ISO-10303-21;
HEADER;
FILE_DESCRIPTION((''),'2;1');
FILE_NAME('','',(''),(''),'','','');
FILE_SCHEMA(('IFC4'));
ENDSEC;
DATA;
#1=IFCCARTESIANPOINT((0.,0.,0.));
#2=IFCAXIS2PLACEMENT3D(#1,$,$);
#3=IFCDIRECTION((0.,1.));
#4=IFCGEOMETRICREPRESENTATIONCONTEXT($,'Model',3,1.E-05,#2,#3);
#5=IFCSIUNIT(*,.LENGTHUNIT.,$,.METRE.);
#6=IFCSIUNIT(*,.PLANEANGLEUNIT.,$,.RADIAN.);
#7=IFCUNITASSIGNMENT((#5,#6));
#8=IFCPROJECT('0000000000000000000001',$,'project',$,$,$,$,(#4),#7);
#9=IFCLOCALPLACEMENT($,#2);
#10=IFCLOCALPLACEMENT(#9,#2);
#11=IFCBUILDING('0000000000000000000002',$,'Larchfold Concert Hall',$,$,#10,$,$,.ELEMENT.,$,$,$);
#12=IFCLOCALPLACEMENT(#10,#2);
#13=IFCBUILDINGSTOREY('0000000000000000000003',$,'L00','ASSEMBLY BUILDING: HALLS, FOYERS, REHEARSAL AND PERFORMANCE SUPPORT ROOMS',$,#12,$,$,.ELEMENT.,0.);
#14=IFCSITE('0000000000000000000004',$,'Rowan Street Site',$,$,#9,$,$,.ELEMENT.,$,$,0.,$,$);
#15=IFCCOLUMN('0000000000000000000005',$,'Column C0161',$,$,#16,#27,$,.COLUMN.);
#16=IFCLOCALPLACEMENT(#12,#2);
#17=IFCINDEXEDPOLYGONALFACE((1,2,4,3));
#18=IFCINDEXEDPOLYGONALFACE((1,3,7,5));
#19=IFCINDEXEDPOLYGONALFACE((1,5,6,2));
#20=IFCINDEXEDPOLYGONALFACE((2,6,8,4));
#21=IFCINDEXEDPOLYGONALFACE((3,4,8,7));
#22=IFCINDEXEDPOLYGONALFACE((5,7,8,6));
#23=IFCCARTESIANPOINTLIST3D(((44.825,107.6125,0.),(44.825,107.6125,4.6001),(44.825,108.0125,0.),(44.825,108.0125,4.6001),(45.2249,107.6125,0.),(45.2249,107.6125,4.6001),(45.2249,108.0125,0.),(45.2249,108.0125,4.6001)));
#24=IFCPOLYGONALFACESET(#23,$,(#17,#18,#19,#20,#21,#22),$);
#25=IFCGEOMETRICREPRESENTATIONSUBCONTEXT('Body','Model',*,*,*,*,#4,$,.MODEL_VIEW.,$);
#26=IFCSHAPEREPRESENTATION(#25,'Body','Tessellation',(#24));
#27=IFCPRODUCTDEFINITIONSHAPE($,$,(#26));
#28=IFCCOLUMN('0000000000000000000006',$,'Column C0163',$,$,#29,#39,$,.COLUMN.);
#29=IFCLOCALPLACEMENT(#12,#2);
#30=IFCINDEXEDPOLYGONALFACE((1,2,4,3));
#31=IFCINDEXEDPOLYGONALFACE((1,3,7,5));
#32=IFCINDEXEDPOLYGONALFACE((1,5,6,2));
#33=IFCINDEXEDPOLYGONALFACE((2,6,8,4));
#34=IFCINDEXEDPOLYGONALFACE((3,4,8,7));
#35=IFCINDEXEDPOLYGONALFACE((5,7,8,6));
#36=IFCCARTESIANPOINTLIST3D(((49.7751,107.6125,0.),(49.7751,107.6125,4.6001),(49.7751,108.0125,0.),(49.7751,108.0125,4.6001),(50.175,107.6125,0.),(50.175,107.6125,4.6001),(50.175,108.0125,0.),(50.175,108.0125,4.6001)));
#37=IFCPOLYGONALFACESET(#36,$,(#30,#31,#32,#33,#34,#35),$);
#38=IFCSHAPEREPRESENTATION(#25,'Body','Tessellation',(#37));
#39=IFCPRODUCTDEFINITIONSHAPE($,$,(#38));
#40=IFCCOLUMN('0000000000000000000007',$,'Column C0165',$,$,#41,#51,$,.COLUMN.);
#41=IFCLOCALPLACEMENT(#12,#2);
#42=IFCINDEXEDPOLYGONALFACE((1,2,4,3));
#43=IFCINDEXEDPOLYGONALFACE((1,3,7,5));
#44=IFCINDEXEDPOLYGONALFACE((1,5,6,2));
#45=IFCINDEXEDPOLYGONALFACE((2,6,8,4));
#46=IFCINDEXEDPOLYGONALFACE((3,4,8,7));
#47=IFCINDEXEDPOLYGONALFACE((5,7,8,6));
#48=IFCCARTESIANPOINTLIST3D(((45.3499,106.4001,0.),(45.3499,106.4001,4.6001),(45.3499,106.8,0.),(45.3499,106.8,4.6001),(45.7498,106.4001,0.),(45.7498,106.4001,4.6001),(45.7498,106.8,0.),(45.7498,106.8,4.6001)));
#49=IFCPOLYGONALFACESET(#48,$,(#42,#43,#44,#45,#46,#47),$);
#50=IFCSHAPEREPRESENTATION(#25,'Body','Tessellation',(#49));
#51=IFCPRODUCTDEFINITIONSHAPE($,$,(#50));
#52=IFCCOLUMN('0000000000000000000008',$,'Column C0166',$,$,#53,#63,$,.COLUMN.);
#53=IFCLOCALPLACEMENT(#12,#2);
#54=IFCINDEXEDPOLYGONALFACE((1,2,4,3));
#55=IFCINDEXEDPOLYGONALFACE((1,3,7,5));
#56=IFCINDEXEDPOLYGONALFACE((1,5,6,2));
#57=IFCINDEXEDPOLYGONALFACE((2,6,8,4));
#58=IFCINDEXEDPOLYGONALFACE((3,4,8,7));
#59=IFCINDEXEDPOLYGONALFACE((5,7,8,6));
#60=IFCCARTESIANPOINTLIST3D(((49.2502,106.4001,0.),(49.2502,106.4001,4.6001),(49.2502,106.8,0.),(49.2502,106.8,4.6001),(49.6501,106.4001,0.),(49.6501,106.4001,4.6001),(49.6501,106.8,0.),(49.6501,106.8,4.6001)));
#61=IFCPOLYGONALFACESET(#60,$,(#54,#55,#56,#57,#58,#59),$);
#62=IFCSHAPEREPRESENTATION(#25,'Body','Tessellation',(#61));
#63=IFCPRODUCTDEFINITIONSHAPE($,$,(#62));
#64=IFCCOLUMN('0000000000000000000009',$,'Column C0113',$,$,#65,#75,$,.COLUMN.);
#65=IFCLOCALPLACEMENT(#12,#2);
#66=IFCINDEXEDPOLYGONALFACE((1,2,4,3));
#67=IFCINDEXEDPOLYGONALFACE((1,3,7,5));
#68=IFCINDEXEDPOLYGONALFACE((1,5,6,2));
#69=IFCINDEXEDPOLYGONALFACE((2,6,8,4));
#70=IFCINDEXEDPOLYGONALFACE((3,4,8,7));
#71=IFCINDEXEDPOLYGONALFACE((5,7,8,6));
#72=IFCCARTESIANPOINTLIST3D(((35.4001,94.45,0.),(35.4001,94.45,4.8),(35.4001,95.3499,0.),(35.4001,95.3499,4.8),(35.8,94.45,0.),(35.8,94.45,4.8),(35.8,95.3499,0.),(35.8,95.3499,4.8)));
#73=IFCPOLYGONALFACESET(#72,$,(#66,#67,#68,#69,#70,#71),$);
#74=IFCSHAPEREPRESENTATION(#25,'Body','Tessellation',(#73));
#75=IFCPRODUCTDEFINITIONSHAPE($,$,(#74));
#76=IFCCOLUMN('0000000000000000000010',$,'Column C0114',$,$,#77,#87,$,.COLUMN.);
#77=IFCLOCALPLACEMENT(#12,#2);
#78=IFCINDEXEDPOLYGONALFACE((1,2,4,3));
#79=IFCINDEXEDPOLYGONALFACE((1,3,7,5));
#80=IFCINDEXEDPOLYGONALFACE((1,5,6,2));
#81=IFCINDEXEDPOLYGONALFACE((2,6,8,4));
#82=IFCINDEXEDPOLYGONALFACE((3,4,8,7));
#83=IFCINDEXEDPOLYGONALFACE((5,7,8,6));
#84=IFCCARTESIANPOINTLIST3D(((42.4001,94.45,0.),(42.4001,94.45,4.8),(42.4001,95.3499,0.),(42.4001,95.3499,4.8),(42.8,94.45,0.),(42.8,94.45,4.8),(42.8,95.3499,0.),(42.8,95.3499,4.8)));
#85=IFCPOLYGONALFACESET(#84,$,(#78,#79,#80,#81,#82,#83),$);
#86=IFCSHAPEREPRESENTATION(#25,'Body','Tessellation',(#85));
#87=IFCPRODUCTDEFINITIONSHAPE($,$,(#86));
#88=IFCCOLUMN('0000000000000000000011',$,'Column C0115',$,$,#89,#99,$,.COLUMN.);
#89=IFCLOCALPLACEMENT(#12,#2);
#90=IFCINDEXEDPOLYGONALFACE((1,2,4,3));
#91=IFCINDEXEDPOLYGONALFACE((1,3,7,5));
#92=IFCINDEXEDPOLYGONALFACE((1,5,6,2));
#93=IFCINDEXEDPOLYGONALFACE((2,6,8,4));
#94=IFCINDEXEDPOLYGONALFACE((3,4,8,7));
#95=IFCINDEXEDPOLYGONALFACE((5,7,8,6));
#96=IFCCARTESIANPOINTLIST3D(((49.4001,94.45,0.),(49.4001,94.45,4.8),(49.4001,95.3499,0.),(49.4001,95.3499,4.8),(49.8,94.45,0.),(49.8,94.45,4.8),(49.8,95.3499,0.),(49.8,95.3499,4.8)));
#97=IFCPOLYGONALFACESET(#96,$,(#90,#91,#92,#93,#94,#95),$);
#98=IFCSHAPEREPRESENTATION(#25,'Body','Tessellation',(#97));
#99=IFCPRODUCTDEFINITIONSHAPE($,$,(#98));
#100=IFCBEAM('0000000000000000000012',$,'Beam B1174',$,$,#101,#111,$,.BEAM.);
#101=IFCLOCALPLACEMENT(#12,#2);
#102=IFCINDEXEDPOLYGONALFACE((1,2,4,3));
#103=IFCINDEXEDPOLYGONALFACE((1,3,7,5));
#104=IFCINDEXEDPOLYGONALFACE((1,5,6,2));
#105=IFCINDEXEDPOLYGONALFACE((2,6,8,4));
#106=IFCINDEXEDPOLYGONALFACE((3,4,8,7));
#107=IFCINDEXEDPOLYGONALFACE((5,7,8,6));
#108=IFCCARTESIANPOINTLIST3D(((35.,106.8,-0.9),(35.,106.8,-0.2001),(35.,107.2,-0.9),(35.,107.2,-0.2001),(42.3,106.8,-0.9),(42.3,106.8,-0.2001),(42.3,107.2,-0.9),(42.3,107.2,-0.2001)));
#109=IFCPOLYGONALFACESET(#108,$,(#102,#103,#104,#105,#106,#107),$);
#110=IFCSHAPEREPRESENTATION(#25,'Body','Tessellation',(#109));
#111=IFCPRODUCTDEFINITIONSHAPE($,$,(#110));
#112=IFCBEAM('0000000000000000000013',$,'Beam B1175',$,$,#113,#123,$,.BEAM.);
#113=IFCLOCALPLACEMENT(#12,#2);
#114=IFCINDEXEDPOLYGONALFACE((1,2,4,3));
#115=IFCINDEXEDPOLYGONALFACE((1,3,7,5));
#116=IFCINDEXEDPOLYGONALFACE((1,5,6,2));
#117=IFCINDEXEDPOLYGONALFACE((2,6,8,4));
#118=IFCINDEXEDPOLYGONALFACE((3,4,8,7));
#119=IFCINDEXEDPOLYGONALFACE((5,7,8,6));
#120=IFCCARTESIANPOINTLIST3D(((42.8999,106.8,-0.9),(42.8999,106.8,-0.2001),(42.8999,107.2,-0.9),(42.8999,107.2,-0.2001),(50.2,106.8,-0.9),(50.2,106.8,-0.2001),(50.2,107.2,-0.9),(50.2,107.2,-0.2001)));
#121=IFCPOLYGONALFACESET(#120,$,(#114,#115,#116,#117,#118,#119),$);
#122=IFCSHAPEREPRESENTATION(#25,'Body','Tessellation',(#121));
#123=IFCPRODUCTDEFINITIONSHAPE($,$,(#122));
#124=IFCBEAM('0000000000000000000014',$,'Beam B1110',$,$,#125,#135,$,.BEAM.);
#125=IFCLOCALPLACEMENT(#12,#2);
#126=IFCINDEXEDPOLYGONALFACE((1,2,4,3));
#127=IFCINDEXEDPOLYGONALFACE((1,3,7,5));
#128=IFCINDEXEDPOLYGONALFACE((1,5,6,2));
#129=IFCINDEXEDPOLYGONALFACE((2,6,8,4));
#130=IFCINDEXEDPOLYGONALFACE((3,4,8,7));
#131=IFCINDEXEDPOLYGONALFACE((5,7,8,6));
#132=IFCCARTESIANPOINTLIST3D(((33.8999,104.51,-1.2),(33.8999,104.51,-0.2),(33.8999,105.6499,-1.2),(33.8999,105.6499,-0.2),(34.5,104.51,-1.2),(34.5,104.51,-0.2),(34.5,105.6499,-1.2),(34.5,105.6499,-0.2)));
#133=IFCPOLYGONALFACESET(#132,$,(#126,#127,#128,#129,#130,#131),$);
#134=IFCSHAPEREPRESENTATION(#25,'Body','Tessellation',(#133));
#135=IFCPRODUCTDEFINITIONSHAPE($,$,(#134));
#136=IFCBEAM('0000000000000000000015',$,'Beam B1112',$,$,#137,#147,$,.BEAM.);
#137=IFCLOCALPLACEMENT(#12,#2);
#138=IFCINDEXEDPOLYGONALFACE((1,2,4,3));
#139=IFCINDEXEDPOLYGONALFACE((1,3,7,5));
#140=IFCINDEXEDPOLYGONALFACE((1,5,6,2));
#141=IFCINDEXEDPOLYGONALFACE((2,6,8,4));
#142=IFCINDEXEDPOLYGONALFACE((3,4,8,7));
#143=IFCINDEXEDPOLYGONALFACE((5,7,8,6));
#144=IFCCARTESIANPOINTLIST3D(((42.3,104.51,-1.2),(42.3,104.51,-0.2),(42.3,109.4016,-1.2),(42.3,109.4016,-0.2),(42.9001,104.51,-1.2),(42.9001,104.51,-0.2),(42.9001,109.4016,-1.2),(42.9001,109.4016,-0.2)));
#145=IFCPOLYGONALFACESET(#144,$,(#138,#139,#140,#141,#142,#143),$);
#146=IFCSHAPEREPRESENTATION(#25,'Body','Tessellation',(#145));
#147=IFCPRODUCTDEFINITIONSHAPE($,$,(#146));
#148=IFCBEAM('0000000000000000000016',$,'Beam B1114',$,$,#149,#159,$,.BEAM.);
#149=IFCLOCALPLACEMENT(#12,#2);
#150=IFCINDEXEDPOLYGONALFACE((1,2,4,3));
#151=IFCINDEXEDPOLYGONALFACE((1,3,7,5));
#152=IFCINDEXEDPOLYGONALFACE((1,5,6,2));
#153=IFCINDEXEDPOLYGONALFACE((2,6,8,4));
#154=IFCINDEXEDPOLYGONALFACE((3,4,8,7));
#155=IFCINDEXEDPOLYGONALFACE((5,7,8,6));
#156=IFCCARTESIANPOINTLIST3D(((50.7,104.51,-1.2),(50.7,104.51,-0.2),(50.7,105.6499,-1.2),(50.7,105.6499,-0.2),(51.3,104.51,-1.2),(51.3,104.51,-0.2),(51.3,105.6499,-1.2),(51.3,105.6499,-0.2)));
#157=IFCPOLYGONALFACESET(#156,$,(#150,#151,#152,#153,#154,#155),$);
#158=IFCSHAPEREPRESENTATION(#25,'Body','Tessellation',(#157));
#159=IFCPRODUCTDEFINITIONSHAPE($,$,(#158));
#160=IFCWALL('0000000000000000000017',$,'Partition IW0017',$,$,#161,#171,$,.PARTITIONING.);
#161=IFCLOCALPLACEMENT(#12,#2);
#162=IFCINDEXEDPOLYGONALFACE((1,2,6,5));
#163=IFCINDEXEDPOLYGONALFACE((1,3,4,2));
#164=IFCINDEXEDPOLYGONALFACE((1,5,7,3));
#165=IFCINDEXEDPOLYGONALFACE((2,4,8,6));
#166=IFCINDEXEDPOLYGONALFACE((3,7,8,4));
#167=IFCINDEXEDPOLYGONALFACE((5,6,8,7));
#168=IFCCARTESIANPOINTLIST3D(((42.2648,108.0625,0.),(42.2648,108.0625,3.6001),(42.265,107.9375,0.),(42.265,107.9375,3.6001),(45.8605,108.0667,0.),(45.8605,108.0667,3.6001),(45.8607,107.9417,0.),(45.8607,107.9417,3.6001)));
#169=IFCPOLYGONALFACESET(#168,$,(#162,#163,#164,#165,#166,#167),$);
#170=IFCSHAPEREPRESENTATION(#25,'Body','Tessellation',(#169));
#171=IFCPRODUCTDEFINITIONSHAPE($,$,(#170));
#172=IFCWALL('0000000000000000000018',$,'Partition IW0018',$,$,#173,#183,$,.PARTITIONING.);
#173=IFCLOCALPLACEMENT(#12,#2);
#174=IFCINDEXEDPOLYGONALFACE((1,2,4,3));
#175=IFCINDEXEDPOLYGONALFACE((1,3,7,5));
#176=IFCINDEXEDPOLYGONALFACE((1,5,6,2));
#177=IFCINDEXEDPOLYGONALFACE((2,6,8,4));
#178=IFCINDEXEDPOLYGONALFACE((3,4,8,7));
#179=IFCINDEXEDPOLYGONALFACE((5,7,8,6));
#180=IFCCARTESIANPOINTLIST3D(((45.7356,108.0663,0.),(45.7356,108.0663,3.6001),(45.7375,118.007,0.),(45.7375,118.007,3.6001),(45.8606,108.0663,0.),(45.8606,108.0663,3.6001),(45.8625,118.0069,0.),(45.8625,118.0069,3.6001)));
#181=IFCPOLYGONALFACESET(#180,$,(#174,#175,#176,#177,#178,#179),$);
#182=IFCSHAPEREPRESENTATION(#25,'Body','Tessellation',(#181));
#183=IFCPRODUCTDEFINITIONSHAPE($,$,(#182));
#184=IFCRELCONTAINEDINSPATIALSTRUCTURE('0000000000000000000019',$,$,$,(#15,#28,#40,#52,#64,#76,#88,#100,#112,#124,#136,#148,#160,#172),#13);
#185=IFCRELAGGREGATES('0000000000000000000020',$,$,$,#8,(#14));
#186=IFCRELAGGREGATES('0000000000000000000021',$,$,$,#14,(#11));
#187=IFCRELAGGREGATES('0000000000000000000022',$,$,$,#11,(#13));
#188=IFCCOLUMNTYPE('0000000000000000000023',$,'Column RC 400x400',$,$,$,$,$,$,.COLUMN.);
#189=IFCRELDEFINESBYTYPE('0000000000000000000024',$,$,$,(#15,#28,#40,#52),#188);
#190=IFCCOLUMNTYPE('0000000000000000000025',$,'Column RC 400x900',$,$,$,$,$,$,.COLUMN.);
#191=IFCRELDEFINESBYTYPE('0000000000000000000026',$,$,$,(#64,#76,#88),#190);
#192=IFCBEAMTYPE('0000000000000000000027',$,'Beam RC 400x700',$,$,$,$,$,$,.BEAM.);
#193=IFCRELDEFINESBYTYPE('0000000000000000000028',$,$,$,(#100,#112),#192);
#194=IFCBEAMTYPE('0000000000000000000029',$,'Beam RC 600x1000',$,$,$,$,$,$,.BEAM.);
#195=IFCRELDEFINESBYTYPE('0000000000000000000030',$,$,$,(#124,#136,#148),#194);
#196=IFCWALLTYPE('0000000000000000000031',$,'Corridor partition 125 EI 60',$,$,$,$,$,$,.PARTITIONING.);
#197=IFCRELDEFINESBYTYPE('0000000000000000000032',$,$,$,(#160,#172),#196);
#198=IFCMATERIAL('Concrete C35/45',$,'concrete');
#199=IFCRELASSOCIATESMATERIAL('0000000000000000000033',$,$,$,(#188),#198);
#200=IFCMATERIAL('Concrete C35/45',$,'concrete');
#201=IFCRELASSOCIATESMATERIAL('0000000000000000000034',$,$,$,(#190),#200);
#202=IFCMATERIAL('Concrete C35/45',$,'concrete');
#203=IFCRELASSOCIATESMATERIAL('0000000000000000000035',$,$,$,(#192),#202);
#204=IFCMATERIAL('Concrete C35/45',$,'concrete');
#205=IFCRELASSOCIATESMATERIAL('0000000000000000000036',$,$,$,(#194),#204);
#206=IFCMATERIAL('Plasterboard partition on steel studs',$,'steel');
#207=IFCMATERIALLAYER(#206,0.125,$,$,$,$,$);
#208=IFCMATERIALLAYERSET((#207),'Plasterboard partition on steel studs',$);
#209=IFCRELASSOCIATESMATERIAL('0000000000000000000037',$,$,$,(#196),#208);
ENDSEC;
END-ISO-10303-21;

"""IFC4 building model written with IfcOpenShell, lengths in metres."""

from ifc_helpers import new_model, si_unit, direction, frame, frame_2d, origin, origin_2d, place, context, subcontext, project, spatial, rectangle, extrude, material, layer, layer_set, material_profile, profile_set, type_object, element, save


model = new_model("IFC4")

# Units and contexts
model_context = context("Model", 3, precision=1e-05, world=origin(), true_north=direction((0.0, 1.0)))
body_context = subcontext(model_context, "Body", "Model", "MODEL_VIEW")
ifc_project = project(units=[si_unit("LENGTHUNIT", "METRE"), si_unit("PLANEANGLEUNIT", "RADIAN")], contexts=[model_context])

# Site, building, storey
site_placement = place(None, origin())
site = spatial("IfcSite", under=ifc_project, at=site_placement, Name="Rowan Street Site", CompositionType="ELEMENT", RefElevation=0.0)
building_placement = place(site_placement, origin())
building = spatial("IfcBuilding", under=site, at=building_placement, Name="Larchfold Concert Hall", CompositionType="ELEMENT")
storey_placement = place(building_placement, origin())
storey = spatial("IfcBuildingStorey", under=building, at=storey_placement, Name="L00", Description="ASSEMBLY BUILDING: HALLS, FOYERS, REHEARSAL AND PERFORMANCE SUPPORT ROOMS", CompositionType="ELEMENT", Elevation=0.0)

# Columns
ifc_material_1 = material(Name="Concrete C35/45", Category="concrete")
ifc_material_profile_1 = material_profile(ifc_material_1, rectangle(XDim=0.3999, YDim=0.3999, at=origin_2d()))
ifc_profile_set_1 = profile_set([ifc_material_profile_1], Name="Concrete C35/45")
column_type_1 = type_object("IfcColumnType", Name="Column RC 400x400", PredefinedType="COLUMN", material=ifc_profile_set_1)
for number, where, z_axis, x_axis, name in (
    (1, (45.0249, 107.8125, 0.0), (0.0, 0.0, 1.0), (1.0, 0.0, 0.0), "Column C0161"),
    (2, (49.9751, 107.8125, 0.0), (0.0, 0.0, 1.0), (1.0, 0.0, 0.0), "Column C0163"),
    (3, (45.5498, 106.6001, 0.0), (0.0, 0.0, 1.0), (1.0, 0.0, 0.0), "Column C0165"),
    (4, (49.4502, 106.6001, 0.0), (0.0, 0.0, 1.0), (1.0, 0.0, 0.0), "Column C0166"),
):
    element("IfcColumn", number, at=place(storey_placement, frame(where, z_axis=z_axis, x_axis=x_axis)), inside=storey, type_object=column_type_1, Name=name, PredefinedType="COLUMN", context=body_context, shape_type="SweptSolid", body=[
        extrude(rectangle(XDim=0.3999, YDim=0.3999, at=origin_2d()), origin(), (0.0, 0.0, 1.0), 4.6001),
    ])
ifc_material_2 = material(Name="Concrete C35/45", Category="concrete")
ifc_material_profile_2 = material_profile(ifc_material_2, rectangle(XDim=0.3999, YDim=0.8999, at=origin_2d()))
ifc_profile_set_2 = profile_set([ifc_material_profile_2], Name="Concrete C35/45")
column_type_2 = type_object("IfcColumnType", Name="Column RC 400x900", PredefinedType="COLUMN", material=ifc_profile_set_2)
for number, where, z_axis, x_axis, name in (
    (5, (35.6001, 94.8999, 0.0), (0.0, 0.0, 1.0), (1.0, 0.0, 0.0), "Column C0113"),
    (6, (42.6001, 94.8999, 0.0), (0.0, 0.0, 1.0), (1.0, 0.0, 0.0), "Column C0114"),
    (7, (49.6001, 94.8999, 0.0), (0.0, 0.0, 1.0), (1.0, 0.0, 0.0), "Column C0115"),
):
    element("IfcColumn", number, at=place(storey_placement, frame(where, z_axis=z_axis, x_axis=x_axis)), inside=storey, type_object=column_type_2, Name=name, PredefinedType="COLUMN", context=body_context, shape_type="SweptSolid", body=[
        extrude(rectangle(XDim=0.3999, YDim=0.8999, at=origin_2d()), origin(), (0.0, 0.0, 1.0), 4.8),
    ])

# Beams
ifc_material_3 = material(Name="Concrete C35/45", Category="concrete")
ifc_material_profile_3 = material_profile(ifc_material_3, rectangle(XDim=0.3999, YDim=0.7, at=origin_2d()))
ifc_profile_set_3 = profile_set([ifc_material_profile_3], Name="Concrete C35/45")
beam_type_1 = type_object("IfcBeamType", Name="Beam RC 400x700", PredefinedType="BEAM", material=ifc_profile_set_3)
for number, where, z_axis, x_axis, name in (
    (8, (35.0, 107.0, -0.55), (1.0, 0.0, 0.0), (0.0, 1.0, 0.0), "Beam B1174"),
    (9, (42.8999, 107.0, -0.55), (1.0, 0.0, 0.0), (0.0, 1.0, 0.0), "Beam B1175"),
):
    element("IfcBeam", number, at=place(storey_placement, frame(where, z_axis=z_axis, x_axis=x_axis)), inside=storey, type_object=beam_type_1, Name=name, PredefinedType="BEAM", context=body_context, shape_type="SweptSolid", body=[
        extrude(rectangle(XDim=0.3999, YDim=0.7, at=origin_2d()), origin(), (0.0, 0.0, 1.0), 7.3),
    ])
ifc_material_4 = material(Name="Concrete C35/45", Category="concrete")
ifc_material_profile_4 = material_profile(ifc_material_4, rectangle(XDim=0.6001, YDim=1.0, at=origin_2d()))
ifc_profile_set_4 = profile_set([ifc_material_profile_4], Name="Concrete C35/45")
beam_type_2 = type_object("IfcBeamType", Name="Beam RC 600x1000", PredefinedType="BEAM", material=ifc_profile_set_4)
beam_1_placement = place(storey_placement, frame((34.2, 104.51, -0.7), z_axis=(0.0, 1.0, 0.0), x_axis=(-1.0, 0.0, 0.0)))
element("IfcBeam", 10, at=beam_1_placement, inside=storey, type_object=beam_type_2, Name="Beam B1110", PredefinedType="BEAM", context=body_context, shape_type="SweptSolid", body=[
    extrude(rectangle(XDim=0.6001, YDim=1.0, at=origin_2d()), origin(), (0.0, 0.0, 1.0), 1.1399),
])
beam_2_placement = place(storey_placement, frame((42.6001, 104.51, -0.7), z_axis=(0.0, 1.0, 0.0), x_axis=(-1.0, 0.0, 0.0)))
element("IfcBeam", 11, at=beam_2_placement, inside=storey, type_object=beam_type_2, Name="Beam B1112", PredefinedType="BEAM", context=body_context, shape_type="SweptSolid", body=[
    extrude(rectangle(XDim=0.6001, YDim=1.0, at=origin_2d()), origin(), (0.0, 0.0, 1.0), 4.8916),
])
beam_3_placement = place(storey_placement, frame((51.0, 104.51, -0.7), z_axis=(0.0, 1.0, 0.0), x_axis=(-1.0, 0.0, 0.0)))
element("IfcBeam", 12, at=beam_3_placement, inside=storey, type_object=beam_type_2, Name="Beam B1114", PredefinedType="BEAM", context=body_context, shape_type="SweptSolid", body=[
    extrude(rectangle(XDim=0.6001, YDim=1.0, at=origin_2d()), origin(), (0.0, 0.0, 1.0), 1.1399),
])

# Walls
ifc_material_5 = material(Name="Plasterboard partition on steel studs", Category="steel")
ifc_layer_1 = layer(ifc_material_5, 0.125)
ifc_layer_set_1 = layer_set([ifc_layer_1], Name="Plasterboard partition on steel studs")
wall_type_1 = type_object("IfcWallType", Name="Corridor partition 125 EI 60", PredefinedType="PARTITIONING", material=ifc_layer_set_1)
wall_1_placement = place(storey_placement, frame((42.2649, 108.0, 0.0), z_axis=(0.0, 0.0, 1.0), x_axis=(0.999999, 0.001154, 0.0)))
element("IfcWall", 13, at=wall_1_placement, inside=storey, type_object=wall_type_1, Name="Partition IW0017", PredefinedType="PARTITIONING", context=body_context, shape_type="SweptSolid", body=[
    extrude(rectangle(XDim=3.5957, YDim=0.125, at=frame_2d((1.7979, 0.0))), origin(), (0.0, 0.0, 1.0), 3.6001),
])
wall_2_placement = place(storey_placement, frame((45.7981, 108.0664, 0.0), z_axis=(0.0, 0.0, 1.0), x_axis=(0.000196, 1.0, 0.0)))
element("IfcWall", 14, at=wall_2_placement, inside=storey, type_object=wall_type_1, Name="Partition IW0018", PredefinedType="PARTITIONING", context=body_context, shape_type="SweptSolid", body=[
    extrude(rectangle(XDim=9.9407, YDim=0.125, at=frame_2d((4.9702, 0.0))), origin(), (0.0, 0.0, 1.0), 3.6001),
])

save(model, "model.ifc")
